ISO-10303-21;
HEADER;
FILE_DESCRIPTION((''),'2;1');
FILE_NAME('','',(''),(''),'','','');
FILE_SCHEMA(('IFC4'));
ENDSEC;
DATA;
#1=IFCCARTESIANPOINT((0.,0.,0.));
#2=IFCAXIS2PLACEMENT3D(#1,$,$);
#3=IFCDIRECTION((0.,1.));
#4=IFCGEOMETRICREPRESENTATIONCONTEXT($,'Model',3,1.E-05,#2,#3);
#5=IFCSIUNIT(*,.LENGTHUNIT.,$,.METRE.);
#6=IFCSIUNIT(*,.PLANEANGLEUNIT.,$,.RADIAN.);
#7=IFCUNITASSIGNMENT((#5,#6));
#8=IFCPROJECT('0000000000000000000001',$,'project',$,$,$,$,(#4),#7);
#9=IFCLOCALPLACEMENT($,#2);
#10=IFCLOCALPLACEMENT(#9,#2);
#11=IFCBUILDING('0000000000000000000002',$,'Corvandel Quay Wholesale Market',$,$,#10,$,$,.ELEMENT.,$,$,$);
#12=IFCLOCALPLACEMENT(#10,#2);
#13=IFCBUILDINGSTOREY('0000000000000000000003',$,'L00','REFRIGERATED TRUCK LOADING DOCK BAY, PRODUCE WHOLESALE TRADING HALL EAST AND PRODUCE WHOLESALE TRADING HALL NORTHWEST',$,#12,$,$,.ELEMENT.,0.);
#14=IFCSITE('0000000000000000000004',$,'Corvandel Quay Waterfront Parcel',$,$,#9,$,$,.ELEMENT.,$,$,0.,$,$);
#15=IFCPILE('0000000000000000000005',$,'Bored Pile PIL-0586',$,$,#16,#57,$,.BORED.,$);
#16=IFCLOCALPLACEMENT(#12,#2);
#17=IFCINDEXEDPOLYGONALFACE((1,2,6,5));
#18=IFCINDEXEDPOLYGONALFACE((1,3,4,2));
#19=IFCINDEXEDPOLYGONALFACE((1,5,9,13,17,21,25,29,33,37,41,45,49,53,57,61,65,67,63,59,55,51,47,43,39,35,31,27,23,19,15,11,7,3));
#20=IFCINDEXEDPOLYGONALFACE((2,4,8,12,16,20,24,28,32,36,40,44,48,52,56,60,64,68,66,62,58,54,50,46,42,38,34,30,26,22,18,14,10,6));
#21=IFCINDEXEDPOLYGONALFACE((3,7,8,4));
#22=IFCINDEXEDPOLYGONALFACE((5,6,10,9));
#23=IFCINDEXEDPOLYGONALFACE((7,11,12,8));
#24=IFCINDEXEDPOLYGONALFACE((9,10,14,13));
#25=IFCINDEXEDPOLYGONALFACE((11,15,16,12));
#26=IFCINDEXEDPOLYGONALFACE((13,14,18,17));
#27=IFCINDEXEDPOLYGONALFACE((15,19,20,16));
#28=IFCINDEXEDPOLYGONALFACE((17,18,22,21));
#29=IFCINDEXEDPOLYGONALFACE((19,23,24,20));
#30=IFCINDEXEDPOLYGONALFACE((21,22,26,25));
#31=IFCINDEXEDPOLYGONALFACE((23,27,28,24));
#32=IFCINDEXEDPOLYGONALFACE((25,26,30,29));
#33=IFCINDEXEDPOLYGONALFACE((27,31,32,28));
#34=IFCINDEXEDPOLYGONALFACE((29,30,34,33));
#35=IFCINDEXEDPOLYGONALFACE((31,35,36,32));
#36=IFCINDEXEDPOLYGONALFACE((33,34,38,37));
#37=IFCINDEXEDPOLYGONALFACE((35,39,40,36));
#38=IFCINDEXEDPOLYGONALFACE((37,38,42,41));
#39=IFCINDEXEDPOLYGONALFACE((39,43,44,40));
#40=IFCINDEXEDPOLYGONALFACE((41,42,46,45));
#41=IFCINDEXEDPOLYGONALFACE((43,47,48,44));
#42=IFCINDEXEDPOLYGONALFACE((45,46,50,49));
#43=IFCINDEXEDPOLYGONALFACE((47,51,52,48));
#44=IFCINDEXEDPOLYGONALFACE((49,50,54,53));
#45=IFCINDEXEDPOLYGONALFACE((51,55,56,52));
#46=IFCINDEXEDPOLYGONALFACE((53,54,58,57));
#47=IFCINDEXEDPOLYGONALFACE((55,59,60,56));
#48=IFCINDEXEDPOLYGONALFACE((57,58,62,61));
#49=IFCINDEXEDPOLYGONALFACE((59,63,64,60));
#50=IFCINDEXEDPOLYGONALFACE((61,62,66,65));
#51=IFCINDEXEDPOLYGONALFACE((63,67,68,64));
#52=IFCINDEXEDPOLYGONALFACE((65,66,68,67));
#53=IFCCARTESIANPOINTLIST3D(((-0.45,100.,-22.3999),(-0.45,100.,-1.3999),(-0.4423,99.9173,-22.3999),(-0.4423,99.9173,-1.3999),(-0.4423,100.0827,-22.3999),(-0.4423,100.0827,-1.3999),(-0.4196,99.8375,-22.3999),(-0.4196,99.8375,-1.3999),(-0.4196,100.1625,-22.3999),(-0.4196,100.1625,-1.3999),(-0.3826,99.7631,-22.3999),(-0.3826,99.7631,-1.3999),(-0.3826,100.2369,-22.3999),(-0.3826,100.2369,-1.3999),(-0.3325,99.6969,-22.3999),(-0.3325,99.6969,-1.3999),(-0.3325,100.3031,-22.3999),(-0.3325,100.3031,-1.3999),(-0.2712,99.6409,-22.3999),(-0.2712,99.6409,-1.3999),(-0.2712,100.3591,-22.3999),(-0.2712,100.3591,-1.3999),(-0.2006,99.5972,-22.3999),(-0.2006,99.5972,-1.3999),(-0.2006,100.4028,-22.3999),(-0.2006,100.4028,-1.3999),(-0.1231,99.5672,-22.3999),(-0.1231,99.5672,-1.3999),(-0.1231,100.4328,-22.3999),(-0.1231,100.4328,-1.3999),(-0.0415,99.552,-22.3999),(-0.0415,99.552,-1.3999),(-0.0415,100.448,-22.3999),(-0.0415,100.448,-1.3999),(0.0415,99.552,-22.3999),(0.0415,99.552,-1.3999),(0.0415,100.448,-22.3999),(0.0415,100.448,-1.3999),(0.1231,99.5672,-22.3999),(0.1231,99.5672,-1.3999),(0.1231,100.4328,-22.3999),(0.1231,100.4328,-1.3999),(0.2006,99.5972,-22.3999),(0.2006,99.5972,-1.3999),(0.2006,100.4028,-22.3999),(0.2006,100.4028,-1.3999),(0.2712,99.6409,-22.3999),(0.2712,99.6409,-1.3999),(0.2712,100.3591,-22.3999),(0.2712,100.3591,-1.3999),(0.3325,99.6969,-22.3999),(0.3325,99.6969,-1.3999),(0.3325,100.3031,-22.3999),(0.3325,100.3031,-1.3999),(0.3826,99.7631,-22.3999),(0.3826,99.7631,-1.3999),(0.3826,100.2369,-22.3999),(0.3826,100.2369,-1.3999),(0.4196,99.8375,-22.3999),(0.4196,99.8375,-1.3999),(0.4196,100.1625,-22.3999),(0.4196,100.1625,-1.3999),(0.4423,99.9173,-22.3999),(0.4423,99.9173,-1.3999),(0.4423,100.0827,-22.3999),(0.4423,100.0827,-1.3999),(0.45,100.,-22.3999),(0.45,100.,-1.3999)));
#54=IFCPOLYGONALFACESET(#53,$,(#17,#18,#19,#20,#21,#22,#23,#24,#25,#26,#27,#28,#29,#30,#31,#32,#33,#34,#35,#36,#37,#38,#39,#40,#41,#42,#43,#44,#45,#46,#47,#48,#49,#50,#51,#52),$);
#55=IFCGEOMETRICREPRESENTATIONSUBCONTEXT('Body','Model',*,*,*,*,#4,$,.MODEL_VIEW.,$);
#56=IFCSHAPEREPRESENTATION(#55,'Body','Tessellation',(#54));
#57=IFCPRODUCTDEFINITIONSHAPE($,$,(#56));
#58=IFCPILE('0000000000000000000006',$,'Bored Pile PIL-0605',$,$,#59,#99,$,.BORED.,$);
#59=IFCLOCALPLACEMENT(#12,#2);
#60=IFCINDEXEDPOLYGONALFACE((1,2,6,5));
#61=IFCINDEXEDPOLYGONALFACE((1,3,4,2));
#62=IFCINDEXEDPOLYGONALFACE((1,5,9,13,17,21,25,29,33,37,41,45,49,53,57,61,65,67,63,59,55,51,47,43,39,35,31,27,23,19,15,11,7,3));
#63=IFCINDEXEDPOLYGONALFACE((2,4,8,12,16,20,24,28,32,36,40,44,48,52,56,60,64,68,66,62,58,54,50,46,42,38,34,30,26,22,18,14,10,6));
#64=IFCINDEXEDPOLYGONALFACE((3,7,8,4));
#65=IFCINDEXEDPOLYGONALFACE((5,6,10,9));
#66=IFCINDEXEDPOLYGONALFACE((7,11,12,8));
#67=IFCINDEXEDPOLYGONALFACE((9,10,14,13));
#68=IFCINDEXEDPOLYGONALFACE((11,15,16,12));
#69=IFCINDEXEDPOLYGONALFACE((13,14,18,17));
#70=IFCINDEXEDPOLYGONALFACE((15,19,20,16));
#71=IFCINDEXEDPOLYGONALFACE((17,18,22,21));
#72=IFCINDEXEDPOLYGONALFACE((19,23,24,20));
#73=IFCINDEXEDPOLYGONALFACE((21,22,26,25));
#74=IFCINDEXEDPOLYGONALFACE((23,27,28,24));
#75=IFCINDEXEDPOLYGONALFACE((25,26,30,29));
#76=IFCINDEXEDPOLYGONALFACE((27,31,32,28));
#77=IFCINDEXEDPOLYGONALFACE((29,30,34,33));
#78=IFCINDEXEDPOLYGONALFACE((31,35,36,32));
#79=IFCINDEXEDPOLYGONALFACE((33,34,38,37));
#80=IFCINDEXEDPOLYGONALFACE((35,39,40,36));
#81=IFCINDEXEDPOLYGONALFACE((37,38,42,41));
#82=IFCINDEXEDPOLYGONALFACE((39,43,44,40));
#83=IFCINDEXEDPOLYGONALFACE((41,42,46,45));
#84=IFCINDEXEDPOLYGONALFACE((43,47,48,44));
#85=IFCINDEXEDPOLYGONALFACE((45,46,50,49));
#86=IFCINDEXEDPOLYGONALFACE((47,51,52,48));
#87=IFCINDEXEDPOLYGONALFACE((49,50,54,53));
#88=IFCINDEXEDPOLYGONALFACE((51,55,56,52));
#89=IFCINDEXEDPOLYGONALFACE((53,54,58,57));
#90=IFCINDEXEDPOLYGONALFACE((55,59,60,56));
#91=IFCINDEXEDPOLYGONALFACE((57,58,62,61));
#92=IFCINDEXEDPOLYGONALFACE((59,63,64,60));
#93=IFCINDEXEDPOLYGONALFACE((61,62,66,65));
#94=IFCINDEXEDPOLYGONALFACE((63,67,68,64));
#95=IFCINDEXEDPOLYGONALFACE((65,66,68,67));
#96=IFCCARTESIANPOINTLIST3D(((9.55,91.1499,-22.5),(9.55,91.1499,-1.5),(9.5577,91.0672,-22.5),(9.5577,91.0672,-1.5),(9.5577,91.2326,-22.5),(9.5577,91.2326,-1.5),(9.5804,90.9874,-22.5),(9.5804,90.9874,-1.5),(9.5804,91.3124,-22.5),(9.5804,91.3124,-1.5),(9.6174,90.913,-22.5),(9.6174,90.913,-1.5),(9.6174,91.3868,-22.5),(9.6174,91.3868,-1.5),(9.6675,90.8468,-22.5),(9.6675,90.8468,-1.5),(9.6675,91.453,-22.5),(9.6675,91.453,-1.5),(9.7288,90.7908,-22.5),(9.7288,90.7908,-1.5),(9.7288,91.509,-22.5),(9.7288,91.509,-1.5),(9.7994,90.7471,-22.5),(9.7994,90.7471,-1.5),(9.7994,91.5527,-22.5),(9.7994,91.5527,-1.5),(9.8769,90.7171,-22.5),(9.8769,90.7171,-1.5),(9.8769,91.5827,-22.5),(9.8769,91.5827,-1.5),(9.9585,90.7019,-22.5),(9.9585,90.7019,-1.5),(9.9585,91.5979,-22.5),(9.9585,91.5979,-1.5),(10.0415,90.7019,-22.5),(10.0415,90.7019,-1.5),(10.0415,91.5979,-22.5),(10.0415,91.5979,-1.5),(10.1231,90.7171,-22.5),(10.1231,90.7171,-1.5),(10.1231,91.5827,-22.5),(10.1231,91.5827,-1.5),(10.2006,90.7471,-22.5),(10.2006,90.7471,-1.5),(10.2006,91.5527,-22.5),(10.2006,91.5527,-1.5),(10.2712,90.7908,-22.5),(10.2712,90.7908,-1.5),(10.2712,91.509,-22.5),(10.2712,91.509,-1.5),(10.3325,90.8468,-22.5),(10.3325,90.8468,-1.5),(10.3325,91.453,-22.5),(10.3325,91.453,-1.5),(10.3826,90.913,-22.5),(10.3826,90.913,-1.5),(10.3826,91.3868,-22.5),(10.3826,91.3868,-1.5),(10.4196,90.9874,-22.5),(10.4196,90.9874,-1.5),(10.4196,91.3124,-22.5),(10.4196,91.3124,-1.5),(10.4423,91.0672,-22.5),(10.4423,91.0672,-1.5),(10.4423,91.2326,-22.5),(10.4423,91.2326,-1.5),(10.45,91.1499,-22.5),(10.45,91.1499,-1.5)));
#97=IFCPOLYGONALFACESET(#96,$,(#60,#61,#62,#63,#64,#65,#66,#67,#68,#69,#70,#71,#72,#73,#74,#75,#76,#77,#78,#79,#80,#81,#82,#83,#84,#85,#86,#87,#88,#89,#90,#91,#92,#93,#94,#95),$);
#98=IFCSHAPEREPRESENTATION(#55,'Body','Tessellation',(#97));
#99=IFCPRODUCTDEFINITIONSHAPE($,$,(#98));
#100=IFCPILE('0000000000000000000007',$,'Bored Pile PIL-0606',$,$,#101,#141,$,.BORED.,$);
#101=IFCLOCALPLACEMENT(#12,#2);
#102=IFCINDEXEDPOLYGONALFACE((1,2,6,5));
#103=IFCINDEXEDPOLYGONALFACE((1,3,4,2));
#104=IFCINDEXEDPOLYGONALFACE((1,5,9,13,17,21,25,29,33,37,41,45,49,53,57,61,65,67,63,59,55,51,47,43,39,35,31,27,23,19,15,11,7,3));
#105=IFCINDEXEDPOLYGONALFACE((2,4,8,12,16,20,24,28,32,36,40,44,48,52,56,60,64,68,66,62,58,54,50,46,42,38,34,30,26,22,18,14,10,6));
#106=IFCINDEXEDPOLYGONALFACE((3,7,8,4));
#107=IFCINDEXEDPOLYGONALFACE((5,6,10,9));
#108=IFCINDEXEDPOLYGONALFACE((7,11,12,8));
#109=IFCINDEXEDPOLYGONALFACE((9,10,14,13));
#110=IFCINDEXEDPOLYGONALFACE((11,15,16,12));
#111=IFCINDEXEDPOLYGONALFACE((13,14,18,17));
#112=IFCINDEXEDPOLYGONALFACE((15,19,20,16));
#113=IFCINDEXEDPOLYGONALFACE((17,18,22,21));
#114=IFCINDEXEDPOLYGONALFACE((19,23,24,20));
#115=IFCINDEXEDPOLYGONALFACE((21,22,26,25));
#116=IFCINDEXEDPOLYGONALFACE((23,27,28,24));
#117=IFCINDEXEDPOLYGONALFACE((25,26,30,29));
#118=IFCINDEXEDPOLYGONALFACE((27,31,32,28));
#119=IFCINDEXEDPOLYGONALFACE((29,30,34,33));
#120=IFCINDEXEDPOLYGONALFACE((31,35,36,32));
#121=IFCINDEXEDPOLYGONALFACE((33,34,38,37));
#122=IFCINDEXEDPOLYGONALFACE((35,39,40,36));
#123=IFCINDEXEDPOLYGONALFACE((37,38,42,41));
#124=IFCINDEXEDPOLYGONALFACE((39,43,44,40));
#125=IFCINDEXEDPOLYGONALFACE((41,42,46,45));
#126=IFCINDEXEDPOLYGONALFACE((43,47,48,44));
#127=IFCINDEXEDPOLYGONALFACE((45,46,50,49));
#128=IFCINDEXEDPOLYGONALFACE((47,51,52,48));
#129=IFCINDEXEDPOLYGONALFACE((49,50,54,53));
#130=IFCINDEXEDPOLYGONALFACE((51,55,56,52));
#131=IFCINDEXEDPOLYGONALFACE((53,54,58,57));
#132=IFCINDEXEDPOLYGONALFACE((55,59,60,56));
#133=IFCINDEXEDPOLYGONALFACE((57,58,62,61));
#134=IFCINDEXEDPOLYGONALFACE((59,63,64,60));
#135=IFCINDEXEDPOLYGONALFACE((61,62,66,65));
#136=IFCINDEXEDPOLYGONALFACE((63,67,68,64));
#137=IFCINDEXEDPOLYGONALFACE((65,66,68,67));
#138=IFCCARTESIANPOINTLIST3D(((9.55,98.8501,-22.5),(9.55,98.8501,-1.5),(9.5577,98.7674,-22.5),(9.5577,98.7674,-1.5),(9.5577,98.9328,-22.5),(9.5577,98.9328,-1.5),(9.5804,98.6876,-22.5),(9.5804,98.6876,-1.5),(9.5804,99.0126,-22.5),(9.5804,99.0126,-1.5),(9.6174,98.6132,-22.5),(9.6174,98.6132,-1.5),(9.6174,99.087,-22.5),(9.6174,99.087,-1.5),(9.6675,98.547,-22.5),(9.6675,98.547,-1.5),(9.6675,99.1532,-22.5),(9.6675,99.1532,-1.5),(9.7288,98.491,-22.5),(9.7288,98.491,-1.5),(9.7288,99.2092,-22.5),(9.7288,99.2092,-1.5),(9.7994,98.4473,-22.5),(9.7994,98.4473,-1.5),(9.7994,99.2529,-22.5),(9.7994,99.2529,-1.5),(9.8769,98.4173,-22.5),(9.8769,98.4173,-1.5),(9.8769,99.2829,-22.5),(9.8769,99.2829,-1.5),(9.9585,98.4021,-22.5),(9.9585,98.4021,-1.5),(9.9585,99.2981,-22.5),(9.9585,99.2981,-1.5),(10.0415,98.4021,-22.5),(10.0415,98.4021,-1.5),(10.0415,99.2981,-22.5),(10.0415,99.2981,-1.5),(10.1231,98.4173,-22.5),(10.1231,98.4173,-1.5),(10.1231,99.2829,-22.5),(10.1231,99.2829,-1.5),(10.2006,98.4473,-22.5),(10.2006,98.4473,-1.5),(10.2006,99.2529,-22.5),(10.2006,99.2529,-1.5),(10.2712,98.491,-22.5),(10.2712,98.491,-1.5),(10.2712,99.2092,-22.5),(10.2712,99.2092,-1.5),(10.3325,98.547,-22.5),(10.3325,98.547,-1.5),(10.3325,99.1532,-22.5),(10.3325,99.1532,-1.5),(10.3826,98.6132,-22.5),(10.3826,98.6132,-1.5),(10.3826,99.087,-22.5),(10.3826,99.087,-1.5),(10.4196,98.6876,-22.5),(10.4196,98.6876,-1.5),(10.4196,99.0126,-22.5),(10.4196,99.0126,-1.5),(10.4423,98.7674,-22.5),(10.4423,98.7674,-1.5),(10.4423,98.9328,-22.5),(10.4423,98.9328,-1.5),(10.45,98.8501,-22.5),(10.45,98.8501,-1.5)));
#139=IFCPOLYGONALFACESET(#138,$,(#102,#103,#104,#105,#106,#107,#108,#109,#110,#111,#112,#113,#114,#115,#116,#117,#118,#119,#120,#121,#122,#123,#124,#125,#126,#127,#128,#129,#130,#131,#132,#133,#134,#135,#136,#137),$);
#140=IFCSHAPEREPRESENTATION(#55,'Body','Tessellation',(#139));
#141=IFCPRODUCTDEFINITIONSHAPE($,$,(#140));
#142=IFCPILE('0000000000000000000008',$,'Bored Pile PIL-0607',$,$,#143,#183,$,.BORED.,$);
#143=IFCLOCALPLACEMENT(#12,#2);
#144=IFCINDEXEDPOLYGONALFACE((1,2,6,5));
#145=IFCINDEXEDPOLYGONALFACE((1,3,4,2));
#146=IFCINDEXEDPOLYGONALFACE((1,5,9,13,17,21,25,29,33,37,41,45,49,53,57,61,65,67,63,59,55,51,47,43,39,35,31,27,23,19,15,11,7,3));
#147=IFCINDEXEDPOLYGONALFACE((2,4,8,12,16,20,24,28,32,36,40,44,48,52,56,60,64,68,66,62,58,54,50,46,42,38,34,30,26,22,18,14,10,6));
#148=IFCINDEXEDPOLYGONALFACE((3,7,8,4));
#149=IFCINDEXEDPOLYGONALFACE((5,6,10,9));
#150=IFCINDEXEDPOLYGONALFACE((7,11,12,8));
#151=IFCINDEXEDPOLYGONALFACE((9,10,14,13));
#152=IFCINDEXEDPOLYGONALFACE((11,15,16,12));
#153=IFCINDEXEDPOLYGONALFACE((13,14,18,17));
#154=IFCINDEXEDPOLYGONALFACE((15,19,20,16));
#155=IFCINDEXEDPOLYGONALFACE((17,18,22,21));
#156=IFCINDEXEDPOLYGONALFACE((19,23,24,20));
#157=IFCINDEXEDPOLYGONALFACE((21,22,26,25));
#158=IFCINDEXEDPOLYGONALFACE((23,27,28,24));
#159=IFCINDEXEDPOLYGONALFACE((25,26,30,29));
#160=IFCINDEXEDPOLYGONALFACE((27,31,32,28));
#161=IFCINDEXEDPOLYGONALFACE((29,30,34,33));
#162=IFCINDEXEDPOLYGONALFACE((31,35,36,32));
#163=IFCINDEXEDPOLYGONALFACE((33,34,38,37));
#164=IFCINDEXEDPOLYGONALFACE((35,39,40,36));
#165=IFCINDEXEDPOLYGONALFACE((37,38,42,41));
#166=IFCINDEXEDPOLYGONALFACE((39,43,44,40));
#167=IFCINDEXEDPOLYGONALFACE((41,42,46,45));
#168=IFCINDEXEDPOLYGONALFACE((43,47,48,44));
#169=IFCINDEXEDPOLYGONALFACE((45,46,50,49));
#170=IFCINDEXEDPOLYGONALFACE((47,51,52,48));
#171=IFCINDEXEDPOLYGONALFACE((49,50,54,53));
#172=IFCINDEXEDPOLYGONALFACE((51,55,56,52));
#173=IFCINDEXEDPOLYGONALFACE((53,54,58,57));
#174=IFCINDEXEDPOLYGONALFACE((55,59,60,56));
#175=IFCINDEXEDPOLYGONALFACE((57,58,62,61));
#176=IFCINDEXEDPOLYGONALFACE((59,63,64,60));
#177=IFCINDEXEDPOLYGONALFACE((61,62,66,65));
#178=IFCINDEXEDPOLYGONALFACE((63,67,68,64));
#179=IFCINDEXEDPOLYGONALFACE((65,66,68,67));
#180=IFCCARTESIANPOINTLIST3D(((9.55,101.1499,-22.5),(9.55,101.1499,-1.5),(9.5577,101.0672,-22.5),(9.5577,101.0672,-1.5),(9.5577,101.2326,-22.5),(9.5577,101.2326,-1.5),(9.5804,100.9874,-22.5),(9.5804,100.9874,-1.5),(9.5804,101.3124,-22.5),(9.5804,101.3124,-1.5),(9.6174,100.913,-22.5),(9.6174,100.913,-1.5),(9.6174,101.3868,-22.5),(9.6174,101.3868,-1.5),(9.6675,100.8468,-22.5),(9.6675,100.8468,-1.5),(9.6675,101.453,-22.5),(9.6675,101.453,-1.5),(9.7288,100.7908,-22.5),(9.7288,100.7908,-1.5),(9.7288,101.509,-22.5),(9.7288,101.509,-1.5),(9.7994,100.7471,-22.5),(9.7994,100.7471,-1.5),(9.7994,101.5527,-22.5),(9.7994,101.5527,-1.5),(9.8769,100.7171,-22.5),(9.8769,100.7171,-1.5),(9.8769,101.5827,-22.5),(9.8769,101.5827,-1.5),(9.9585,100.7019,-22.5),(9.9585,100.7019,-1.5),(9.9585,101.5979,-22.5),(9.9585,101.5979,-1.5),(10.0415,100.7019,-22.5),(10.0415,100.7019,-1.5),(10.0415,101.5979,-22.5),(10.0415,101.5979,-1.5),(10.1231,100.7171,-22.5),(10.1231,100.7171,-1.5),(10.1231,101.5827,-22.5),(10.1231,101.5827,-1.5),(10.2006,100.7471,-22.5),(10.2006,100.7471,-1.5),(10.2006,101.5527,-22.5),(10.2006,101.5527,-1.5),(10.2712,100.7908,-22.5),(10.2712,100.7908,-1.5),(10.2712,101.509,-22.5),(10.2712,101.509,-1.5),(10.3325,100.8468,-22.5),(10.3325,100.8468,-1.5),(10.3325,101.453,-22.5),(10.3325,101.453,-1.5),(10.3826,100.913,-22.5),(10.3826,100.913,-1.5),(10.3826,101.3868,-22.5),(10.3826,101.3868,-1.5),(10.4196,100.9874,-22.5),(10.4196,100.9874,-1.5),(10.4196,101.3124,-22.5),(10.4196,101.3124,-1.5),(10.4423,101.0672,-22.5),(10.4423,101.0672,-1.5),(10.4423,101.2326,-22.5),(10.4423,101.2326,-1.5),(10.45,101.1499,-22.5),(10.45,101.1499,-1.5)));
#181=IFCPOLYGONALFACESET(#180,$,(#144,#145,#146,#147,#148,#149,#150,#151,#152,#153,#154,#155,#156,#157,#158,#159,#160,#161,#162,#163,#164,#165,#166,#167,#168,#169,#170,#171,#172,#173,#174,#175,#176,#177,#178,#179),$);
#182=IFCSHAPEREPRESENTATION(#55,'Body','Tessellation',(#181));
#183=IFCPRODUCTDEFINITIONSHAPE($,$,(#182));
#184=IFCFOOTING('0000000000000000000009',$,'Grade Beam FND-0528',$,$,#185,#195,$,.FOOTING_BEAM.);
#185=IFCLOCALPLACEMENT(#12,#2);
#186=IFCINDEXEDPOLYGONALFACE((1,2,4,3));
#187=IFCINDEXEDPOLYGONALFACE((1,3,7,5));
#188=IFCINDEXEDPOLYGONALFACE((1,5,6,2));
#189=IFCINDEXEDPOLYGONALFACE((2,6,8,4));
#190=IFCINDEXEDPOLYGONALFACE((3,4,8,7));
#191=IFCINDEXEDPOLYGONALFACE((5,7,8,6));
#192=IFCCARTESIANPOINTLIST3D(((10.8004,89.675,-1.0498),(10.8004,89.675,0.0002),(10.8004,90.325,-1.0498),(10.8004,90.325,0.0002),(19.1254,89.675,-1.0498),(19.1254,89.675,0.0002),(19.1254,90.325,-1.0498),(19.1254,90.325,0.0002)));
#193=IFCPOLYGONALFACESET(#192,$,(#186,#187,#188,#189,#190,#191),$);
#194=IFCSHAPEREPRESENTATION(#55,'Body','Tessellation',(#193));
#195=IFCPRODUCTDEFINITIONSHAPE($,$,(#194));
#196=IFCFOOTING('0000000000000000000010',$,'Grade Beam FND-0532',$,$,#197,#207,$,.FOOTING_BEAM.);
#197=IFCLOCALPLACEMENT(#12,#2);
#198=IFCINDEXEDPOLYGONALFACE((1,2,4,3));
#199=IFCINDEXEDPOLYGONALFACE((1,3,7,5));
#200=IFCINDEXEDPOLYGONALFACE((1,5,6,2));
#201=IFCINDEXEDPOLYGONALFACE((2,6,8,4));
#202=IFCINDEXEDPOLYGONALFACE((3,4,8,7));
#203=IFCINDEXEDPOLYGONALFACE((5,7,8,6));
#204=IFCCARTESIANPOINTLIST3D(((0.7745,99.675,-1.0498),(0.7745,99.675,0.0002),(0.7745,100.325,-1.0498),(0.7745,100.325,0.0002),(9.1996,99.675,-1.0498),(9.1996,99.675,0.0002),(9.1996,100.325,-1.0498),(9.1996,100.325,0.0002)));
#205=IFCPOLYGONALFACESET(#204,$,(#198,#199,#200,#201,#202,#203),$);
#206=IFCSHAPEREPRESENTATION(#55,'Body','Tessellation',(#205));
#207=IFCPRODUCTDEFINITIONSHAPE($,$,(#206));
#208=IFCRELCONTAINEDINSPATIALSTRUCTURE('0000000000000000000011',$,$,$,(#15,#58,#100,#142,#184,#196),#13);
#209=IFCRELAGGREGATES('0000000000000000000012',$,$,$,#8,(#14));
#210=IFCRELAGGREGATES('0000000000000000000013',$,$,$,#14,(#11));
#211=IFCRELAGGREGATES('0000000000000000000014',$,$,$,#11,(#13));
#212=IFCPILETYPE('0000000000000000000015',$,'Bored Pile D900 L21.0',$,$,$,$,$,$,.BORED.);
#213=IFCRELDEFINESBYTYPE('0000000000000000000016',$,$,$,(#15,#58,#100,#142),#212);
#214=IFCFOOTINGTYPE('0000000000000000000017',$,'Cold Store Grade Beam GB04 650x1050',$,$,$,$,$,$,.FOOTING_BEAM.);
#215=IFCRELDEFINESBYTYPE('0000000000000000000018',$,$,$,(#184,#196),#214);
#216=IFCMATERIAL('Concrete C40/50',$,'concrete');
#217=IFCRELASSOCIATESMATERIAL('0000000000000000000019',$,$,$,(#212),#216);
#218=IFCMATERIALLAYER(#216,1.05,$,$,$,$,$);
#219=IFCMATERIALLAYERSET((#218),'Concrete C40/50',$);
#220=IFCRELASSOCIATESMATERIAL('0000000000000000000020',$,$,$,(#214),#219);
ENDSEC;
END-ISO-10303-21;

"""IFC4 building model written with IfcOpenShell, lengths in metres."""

from ifc_helpers import new_model, si_unit, direction, frame, origin, origin_2d, place, context, subcontext, project, spatial, rectangle, circle, extrude, material, layer, layer_set, material_profile, profile_set, type_object, element, save


model = new_model("IFC4")

# Units and contexts
model_context = context("Model", 3, precision=1e-05, world=origin(), true_north=direction((0.0, 1.0)))
body_context = subcontext(model_context, "Body", "Model", "MODEL_VIEW")
ifc_project = project(units=[si_unit("LENGTHUNIT", "METRE"), si_unit("PLANEANGLEUNIT", "RADIAN")], contexts=[model_context])

# Site, building, storey
site_placement = place(None, origin())
site = spatial("IfcSite", under=ifc_project, at=site_placement, Name="Corvandel Quay Waterfront Parcel", CompositionType="ELEMENT", RefElevation=0.0)
building_placement = place(site_placement, origin())
building = spatial("IfcBuilding", under=site, at=building_placement, Name="Corvandel Quay Wholesale Market", CompositionType="ELEMENT")
storey_placement = place(building_placement, origin())
storey = spatial("IfcBuildingStorey", under=building, at=storey_placement, Name="L00", Description="REFRIGERATED TRUCK LOADING DOCK BAY, PRODUCE WHOLESALE TRADING HALL EAST AND PRODUCE WHOLESALE TRADING HALL NORTHWEST", CompositionType="ELEMENT", Elevation=0.0)

# Piles
ifc_material_1 = material(Name="Concrete C40/50", Category="concrete")
ifc_material_profile_1 = material_profile(ifc_material_1, circle(Radius=0.45, at=origin_2d()), Name="RC-PILE-D900")
ifc_profile_set_1 = profile_set([ifc_material_profile_1], Name="Concrete C40/50")
pile_type = type_object("IfcPileType", Name="Bored Pile D900 L21.0", PredefinedType="BORED", material=ifc_profile_set_1)
for number, where, z_axis, x_axis, name in (
    (1, (0.0, 100.0, -1.3999), (0.0, 0.0, -1.0), (1.0, 0.0, 0.0), "Bored Pile PIL-0586"),
    (2, (10.0, 91.1499, -1.5), (0.0, 0.0, -1.0), (1.0, 0.0, 0.0), "Bored Pile PIL-0605"),
    (3, (10.0, 98.8501, -1.5), (0.0, 0.0, -1.0), (1.0, 0.0, 0.0), "Bored Pile PIL-0606"),
    (4, (10.0, 101.1499, -1.5), (0.0, 0.0, -1.0), (1.0, 0.0, 0.0), "Bored Pile PIL-0607"),
):
    element("IfcPile", number, at=place(storey_placement, frame(where, z_axis=z_axis, x_axis=x_axis)), inside=storey, type_object=pile_type, Name=name, PredefinedType="BORED", context=body_context, shape_type="SweptSolid", body=[
        extrude(circle(Radius=0.45, at=origin_2d()), origin(), (0.0, 0.0, 1.0), 21.0),
    ])

# Footings
ifc_layer_1 = layer(ifc_material_1, 1.05)
ifc_layer_set_1 = layer_set([ifc_layer_1], Name="Concrete C40/50")
footing_type_1 = type_object("IfcFootingType", Name="Cold Store Grade Beam GB04 650x1050", PredefinedType="FOOTING_BEAM", material=ifc_layer_set_1)
footing_1_placement = place(storey_placement, frame((14.9629, 90.0, -1.0498), z_axis=(0.0, 0.0, 1.0), x_axis=(1.0, 0.0, 0.0)))
element("IfcFooting", 5, at=footing_1_placement, inside=storey, type_object=footing_type_1, Name="Grade Beam FND-0528", PredefinedType="FOOTING_BEAM", context=body_context, shape_type="SweptSolid", body=[
    extrude(rectangle(XDim=8.325, YDim=0.6499, at=origin_2d()), origin(), (0.0, 0.0, 1.0), 1.05),
])
footing_2_placement = place(storey_placement, frame((4.9871, 100.0, -1.0498), z_axis=(0.0, 0.0, 1.0), x_axis=(1.0, 0.0, 0.0)))
element("IfcFooting", 6, at=footing_2_placement, inside=storey, type_object=footing_type_1, Name="Grade Beam FND-0532", PredefinedType="FOOTING_BEAM", context=body_context, shape_type="SweptSolid", body=[
    extrude(rectangle(XDim=8.425, YDim=0.6499, at=origin_2d()), origin(), (0.0, 0.0, 1.0), 1.05),
])

save(model, "model.ifc")
